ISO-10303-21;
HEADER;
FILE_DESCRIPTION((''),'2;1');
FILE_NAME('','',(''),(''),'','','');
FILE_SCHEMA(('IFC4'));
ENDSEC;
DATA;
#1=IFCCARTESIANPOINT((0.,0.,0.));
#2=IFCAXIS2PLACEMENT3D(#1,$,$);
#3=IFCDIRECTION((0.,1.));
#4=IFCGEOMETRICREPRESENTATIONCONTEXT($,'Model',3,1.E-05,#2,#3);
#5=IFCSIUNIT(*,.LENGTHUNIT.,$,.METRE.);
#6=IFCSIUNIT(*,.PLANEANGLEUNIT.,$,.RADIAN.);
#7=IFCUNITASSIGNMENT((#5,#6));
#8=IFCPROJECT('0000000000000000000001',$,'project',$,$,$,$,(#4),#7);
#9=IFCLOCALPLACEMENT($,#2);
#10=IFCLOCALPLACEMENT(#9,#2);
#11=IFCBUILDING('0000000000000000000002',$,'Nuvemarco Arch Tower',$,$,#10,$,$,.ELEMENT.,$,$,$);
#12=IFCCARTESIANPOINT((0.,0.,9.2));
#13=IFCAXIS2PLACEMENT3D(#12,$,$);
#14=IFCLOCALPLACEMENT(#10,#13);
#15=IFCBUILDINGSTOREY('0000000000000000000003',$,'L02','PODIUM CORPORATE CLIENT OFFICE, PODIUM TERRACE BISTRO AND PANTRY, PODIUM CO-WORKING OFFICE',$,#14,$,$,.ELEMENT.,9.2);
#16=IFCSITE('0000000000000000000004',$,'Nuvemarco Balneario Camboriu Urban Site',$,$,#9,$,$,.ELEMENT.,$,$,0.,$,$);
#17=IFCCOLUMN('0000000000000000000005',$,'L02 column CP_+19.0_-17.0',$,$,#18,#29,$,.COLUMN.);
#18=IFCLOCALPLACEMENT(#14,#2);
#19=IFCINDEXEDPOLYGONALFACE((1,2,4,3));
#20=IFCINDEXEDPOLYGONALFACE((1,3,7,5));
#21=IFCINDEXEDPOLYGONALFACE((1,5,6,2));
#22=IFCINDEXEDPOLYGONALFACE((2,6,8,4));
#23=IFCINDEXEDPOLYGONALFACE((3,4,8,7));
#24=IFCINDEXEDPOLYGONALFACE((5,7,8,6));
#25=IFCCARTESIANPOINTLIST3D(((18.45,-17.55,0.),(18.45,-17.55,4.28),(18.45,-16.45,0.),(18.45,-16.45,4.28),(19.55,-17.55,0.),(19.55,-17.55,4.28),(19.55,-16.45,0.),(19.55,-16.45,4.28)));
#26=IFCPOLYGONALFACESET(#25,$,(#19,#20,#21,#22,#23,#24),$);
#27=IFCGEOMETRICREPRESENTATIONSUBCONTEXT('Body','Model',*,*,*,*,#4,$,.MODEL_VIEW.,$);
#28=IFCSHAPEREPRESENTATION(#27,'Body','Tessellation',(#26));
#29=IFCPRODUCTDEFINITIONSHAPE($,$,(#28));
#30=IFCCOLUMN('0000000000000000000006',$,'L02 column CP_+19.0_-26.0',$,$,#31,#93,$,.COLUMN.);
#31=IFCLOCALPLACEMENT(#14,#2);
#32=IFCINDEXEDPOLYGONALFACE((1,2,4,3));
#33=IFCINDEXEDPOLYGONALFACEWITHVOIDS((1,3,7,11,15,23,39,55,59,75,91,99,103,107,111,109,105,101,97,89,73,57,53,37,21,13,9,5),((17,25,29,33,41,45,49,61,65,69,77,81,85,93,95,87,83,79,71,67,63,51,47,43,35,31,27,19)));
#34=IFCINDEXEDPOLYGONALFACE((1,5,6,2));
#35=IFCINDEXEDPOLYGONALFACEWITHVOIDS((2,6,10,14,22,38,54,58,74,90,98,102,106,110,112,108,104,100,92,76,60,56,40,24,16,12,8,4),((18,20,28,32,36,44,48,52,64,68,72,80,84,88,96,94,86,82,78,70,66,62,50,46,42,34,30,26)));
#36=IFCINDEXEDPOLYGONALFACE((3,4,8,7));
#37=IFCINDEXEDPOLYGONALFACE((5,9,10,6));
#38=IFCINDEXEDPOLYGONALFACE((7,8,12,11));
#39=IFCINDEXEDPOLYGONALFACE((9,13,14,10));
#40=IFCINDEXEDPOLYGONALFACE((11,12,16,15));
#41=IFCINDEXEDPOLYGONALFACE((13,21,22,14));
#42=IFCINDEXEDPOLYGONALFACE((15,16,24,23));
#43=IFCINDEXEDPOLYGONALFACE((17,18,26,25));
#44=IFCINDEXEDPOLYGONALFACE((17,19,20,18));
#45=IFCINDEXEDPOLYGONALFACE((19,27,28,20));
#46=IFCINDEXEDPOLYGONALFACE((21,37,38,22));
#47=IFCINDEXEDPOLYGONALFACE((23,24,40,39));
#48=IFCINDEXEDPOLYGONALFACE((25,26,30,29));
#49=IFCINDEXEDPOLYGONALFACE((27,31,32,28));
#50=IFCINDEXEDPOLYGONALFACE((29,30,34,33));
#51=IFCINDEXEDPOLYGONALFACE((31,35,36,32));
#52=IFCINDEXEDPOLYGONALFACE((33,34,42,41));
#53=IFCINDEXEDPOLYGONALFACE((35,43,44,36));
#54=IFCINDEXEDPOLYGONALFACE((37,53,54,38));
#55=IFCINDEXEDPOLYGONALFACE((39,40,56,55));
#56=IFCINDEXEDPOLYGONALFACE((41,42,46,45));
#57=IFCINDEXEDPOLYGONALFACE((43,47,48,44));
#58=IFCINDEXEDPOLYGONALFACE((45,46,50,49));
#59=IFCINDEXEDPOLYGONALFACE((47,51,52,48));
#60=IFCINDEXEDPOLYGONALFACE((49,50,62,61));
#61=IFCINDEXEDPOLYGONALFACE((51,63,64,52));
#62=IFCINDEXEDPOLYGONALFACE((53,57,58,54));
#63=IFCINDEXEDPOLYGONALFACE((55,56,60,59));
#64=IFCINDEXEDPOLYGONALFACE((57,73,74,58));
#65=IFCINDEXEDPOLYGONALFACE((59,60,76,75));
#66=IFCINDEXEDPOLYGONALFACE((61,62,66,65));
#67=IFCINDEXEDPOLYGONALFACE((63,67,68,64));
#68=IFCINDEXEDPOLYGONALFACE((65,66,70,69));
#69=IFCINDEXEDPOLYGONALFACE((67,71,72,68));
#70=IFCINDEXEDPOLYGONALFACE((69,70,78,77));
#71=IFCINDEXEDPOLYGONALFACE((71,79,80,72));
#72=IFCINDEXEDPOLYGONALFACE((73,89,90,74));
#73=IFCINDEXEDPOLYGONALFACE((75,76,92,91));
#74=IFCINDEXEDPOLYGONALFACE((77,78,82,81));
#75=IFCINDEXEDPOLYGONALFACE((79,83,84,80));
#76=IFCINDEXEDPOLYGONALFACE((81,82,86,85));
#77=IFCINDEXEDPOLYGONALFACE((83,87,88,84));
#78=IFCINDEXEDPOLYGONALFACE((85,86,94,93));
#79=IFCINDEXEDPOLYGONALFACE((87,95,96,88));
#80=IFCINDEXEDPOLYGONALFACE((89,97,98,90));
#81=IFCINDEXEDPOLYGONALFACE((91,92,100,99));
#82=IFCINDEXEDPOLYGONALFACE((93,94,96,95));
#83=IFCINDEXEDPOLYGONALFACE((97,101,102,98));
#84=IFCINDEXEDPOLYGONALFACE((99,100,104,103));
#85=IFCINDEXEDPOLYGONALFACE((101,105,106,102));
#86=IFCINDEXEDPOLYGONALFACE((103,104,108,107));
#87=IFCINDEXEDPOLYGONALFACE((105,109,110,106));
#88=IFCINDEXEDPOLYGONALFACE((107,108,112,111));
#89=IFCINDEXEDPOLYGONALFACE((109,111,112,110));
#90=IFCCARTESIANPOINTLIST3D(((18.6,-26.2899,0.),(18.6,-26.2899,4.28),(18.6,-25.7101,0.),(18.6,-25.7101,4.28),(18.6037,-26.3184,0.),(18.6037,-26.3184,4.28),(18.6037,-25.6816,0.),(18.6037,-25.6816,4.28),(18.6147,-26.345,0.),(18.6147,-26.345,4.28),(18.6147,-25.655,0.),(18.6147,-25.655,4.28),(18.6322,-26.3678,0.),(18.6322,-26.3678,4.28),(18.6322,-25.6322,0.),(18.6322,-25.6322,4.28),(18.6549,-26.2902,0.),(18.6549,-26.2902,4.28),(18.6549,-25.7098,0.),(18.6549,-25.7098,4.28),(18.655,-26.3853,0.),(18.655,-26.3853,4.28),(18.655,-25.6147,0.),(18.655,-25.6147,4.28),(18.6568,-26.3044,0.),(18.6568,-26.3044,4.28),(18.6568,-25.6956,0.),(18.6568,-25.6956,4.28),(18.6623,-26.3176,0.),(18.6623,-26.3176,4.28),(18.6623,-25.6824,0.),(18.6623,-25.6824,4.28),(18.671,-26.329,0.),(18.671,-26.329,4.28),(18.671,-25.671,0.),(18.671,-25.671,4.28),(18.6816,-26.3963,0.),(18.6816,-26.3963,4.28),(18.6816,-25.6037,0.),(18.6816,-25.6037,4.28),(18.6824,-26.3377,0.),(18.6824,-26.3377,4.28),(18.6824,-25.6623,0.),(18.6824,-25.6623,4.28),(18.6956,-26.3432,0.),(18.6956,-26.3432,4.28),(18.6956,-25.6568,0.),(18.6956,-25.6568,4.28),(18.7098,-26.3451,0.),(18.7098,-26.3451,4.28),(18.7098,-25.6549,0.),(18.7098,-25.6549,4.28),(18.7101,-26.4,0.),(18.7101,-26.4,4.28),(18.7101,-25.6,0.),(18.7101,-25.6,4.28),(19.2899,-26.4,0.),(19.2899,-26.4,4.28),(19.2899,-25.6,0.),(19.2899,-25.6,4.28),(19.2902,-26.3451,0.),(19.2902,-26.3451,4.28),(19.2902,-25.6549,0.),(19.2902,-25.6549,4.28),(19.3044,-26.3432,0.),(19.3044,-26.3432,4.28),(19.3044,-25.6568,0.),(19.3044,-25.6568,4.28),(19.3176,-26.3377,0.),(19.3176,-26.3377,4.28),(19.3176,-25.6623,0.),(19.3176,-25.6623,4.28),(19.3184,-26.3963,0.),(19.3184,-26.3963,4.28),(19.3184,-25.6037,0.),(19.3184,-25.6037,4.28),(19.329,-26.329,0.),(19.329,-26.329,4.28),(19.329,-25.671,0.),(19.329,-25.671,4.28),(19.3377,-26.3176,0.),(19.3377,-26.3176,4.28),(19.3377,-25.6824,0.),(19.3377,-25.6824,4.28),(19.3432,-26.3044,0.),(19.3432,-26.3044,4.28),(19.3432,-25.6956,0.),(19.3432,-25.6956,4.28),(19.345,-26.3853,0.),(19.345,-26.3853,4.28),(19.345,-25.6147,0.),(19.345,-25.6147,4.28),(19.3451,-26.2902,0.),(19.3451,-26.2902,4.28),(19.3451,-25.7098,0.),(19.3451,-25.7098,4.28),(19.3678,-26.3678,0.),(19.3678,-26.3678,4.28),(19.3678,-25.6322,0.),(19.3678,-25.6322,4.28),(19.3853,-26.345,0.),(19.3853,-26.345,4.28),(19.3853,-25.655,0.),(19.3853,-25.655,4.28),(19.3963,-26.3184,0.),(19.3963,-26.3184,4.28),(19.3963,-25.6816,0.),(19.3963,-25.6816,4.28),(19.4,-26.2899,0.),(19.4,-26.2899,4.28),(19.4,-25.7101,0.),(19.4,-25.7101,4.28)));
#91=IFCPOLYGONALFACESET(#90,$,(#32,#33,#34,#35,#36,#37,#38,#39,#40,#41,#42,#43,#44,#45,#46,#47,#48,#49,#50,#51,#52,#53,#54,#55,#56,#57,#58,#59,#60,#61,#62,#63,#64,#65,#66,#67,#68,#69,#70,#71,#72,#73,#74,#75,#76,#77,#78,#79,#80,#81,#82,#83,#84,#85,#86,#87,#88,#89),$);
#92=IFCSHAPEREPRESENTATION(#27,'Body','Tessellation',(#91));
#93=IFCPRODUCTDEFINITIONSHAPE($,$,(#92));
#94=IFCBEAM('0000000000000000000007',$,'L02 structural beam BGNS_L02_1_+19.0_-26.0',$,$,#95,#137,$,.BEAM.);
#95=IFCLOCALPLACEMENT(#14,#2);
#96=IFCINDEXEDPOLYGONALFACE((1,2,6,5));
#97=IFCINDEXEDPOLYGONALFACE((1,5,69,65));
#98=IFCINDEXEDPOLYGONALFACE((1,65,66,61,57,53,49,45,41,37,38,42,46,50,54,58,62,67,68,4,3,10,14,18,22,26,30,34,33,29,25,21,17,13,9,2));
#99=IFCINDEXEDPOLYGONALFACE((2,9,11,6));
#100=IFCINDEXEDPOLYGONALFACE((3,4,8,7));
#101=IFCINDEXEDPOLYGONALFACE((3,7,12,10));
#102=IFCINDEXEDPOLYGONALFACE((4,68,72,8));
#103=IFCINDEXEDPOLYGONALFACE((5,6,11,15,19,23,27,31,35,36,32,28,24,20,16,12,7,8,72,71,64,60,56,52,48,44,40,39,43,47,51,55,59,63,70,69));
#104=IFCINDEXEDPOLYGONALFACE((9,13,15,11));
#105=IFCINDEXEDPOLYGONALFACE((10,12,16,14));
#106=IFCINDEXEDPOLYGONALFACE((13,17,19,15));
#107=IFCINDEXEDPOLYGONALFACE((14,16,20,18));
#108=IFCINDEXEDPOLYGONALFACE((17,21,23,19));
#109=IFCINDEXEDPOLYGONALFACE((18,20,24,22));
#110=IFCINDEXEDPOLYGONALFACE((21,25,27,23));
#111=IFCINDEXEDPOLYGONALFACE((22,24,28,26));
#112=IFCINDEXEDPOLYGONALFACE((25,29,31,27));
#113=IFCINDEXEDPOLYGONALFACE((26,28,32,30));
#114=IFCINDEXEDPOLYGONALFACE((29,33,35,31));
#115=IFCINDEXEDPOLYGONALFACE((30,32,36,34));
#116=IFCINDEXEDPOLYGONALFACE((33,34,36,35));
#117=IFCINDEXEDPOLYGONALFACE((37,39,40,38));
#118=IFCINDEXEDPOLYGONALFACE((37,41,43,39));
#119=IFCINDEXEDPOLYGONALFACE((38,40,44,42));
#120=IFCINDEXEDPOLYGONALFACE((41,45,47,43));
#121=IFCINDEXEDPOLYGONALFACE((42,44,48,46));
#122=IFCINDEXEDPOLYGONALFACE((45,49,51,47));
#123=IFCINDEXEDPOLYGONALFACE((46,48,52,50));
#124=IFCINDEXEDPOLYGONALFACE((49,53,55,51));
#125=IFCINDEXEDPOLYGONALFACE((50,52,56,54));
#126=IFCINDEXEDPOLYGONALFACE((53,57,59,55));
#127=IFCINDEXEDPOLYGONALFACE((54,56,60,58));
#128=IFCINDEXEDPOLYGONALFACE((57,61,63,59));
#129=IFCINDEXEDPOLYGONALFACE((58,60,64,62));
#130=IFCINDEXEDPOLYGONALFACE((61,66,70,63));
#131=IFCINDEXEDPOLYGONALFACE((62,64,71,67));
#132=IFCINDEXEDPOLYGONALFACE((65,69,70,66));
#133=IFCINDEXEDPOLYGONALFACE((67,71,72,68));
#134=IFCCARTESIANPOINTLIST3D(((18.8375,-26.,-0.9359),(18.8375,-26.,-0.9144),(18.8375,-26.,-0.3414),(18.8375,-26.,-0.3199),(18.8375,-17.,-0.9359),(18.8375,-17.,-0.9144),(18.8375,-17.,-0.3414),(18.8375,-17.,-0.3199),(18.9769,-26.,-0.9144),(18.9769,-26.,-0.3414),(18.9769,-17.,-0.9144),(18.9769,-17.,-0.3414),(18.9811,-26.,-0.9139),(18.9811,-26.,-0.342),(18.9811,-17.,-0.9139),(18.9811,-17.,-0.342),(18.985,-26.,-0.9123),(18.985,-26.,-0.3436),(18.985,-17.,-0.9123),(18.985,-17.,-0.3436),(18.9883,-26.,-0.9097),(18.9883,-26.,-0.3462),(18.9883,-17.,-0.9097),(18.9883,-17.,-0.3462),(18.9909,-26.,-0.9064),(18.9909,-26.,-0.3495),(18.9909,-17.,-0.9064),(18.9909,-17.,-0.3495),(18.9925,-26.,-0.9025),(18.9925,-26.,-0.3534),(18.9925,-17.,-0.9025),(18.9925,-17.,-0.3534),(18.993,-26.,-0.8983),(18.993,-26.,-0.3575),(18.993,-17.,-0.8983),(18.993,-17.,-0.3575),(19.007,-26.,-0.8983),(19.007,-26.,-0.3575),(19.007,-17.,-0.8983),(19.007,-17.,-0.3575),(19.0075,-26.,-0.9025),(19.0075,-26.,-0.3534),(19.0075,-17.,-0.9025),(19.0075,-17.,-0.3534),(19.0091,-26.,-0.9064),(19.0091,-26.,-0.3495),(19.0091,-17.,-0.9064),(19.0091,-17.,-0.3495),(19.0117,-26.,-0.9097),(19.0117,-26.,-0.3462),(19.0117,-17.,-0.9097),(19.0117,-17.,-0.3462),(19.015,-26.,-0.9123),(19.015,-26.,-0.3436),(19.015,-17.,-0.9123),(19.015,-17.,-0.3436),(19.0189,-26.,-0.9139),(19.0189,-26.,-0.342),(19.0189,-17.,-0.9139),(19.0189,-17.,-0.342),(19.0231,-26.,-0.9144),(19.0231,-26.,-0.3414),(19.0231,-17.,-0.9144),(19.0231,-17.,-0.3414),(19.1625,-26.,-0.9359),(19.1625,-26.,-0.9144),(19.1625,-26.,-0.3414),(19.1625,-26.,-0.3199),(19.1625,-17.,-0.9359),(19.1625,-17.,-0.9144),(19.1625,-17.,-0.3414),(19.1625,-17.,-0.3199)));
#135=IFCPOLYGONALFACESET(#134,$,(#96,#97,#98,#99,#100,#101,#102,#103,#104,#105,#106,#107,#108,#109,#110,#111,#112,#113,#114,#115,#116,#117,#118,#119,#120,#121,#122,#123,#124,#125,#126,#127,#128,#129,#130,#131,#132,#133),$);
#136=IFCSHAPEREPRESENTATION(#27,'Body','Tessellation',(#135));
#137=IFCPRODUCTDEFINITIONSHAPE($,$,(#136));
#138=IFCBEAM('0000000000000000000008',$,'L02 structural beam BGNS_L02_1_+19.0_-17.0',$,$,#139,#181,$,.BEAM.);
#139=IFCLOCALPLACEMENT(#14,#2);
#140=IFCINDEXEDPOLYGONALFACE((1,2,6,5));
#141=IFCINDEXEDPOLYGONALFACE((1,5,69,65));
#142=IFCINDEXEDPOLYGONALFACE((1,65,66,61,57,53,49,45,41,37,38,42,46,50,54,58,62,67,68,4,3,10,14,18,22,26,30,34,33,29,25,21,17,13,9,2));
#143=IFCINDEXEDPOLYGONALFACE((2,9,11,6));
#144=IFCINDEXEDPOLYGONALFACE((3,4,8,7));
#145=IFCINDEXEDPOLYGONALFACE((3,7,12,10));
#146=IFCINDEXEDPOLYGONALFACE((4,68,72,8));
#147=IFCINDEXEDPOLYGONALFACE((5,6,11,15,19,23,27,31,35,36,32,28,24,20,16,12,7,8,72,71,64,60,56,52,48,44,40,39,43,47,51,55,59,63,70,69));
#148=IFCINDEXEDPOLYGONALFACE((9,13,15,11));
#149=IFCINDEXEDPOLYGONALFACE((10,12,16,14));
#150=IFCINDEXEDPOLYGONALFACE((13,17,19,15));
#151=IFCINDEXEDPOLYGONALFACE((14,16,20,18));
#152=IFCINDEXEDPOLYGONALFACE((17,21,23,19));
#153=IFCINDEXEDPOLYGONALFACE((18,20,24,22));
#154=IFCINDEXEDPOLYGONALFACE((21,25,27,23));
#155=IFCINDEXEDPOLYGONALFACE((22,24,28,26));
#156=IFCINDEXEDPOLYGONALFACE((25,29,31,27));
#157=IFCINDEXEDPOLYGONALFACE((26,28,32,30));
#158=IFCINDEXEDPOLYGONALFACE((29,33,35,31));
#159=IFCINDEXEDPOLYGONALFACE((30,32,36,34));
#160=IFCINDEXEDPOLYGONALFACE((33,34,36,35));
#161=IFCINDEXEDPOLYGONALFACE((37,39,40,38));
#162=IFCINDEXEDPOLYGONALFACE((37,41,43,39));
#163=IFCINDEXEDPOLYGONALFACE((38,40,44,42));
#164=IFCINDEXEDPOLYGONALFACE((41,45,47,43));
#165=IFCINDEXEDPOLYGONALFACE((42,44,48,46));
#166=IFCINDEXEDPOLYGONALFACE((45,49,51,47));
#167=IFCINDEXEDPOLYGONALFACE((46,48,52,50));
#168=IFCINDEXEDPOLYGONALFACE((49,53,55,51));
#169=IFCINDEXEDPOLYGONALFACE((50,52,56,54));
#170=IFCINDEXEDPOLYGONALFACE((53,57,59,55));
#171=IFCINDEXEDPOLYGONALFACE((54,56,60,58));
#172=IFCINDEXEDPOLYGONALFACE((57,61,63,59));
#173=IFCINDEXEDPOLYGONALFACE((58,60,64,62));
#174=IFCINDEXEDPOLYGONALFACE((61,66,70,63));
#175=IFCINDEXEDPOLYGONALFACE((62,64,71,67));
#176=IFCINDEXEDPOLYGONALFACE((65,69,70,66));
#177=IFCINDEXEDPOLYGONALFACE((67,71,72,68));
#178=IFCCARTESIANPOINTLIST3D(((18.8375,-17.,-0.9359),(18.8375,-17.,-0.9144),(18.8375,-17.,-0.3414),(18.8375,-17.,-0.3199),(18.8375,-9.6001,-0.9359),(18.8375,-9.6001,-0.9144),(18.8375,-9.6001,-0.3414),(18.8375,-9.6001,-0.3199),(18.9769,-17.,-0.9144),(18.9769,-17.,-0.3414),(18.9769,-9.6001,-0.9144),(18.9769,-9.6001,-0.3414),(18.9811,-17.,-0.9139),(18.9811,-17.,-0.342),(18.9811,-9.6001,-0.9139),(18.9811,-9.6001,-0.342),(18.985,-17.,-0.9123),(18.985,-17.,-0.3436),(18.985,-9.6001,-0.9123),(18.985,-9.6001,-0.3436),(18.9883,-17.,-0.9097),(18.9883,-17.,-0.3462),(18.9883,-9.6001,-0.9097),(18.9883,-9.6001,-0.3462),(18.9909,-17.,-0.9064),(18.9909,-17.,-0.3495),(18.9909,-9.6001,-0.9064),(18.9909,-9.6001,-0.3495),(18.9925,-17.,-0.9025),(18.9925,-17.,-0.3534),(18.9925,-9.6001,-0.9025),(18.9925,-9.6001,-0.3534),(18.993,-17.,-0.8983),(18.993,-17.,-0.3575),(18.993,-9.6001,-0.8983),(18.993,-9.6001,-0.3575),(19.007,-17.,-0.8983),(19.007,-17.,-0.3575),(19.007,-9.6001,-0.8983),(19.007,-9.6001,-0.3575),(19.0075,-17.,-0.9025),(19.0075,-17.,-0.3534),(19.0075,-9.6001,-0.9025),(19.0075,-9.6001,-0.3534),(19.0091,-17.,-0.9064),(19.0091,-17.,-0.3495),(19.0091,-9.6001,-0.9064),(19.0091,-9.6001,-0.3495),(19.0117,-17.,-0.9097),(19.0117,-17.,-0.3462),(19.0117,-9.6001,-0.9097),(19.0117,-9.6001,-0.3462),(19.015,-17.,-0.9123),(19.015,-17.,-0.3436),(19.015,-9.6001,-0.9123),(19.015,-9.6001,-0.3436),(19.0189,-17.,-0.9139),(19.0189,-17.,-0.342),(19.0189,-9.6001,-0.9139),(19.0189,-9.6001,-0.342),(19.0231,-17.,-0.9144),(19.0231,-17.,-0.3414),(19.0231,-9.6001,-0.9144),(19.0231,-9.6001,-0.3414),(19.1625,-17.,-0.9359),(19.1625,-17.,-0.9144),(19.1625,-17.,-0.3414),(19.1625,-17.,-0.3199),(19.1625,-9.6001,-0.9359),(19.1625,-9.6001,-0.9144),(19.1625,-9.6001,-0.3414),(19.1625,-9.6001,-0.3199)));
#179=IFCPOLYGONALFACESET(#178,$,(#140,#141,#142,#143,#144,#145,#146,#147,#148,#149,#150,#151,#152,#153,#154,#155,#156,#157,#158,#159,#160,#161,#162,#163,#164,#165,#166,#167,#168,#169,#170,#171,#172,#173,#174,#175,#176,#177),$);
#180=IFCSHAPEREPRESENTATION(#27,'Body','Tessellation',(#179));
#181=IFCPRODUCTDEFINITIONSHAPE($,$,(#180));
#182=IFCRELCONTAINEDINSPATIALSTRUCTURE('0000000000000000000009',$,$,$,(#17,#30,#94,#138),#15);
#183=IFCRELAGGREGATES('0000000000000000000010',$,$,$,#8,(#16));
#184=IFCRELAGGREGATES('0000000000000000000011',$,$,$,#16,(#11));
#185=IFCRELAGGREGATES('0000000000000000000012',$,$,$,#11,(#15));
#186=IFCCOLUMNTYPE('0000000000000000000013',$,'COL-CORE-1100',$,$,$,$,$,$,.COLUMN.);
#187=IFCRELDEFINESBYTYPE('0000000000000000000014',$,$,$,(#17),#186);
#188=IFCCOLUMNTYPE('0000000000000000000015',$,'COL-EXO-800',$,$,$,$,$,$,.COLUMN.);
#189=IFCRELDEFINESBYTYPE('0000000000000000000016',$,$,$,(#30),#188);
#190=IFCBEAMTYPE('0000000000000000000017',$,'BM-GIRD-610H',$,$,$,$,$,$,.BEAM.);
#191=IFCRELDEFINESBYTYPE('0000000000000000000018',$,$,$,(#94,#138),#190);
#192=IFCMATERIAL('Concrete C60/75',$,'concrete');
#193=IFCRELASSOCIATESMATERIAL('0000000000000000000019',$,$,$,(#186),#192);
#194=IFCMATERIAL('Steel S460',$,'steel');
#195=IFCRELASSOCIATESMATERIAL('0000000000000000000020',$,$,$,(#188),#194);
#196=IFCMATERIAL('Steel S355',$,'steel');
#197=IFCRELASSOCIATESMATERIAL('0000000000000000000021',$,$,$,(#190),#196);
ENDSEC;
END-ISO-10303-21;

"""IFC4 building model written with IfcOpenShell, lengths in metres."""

from ifc_helpers import new_model, si_unit, direction, frame, origin, origin_2d, place, context, subcontext, project, spatial, rectangle, hollow_rectangle, i_section, extrude, material, material_profile, profile_set, type_object, element, save


model = new_model("IFC4")

# Units and contexts
model_context = context("Model", 3, precision=1e-05, world=origin(), true_north=direction((0.0, 1.0)))
body_context = subcontext(model_context, "Body", "Model", "MODEL_VIEW")
ifc_project = project(units=[si_unit("LENGTHUNIT", "METRE"), si_unit("PLANEANGLEUNIT", "RADIAN")], contexts=[model_context])

# Site, building, storey
site_placement = place(None, origin())
site = spatial("IfcSite", under=ifc_project, at=site_placement, Name="Nuvemarco Balneario Camboriu Urban Site", CompositionType="ELEMENT", RefElevation=0.0)
building_placement = place(site_placement, origin())
building = spatial("IfcBuilding", under=site, at=building_placement, Name="Nuvemarco Arch Tower", CompositionType="ELEMENT")
storey_placement = place(building_placement, frame((0.0, 0.0, 9.2)))
storey = spatial("IfcBuildingStorey", under=building, at=storey_placement, Name="L02", Description="PODIUM CORPORATE CLIENT OFFICE, PODIUM TERRACE BISTRO AND PANTRY, PODIUM CO-WORKING OFFICE", CompositionType="ELEMENT", Elevation=9.2)

# Columns
ifc_material_1 = material(Name="Concrete C60/75", Category="concrete")
ifc_material_profile_1 = material_profile(ifc_material_1, rectangle(XDim=1.1001, YDim=1.1001, at=origin_2d()), Name="RC-COL-1100x1100")
ifc_profile_set_1 = profile_set([ifc_material_profile_1], Name="Concrete C60/75")
column_type_1 = type_object("IfcColumnType", Name="COL-CORE-1100", PredefinedType="COLUMN", material=ifc_profile_set_1)
column_1_placement = place(storey_placement, frame((19.0, -17.0, 0.0), z_axis=(0.0, 0.0, 1.0), x_axis=(1.0, 0.0, 0.0)))
element("IfcColumn", 1, at=column_1_placement, inside=storey, type_object=column_type_1, Name="L02 column CP_+19.0_-17.0", PredefinedType="COLUMN", context=body_context, shape_type="SweptSolid", body=[
    extrude(rectangle(XDim=1.1001, YDim=1.1001, at=origin_2d()), origin(), (0.0, 0.0, 1.0), 4.28),
])
ifc_material_2 = material(Name="Steel S460", Category="steel")
ifc_material_profile_2 = material_profile(ifc_material_2, hollow_rectangle(XDim=0.8, YDim=0.8, WallThickness=0.0549, InnerFilletRadius=0.0549, OuterFilletRadius=0.1101, at=origin_2d()), Name="SHS800x800x55")
ifc_profile_set_2 = profile_set([ifc_material_profile_2], Name="Steel S460")
column_type_2 = type_object("IfcColumnType", Name="COL-EXO-800", PredefinedType="COLUMN", material=ifc_profile_set_2)
column_2_placement = place(storey_placement, frame((19.0, -26.0, 0.0), z_axis=(0.0, 0.0, 1.0), x_axis=(1.0, 0.0, 0.0)))
element("IfcColumn", 2, at=column_2_placement, inside=storey, type_object=column_type_2, Name="L02 column CP_+19.0_-26.0", PredefinedType="COLUMN", context=body_context, shape_type="SweptSolid", body=[
    extrude(hollow_rectangle(XDim=0.8, YDim=0.8, WallThickness=0.0549, InnerFilletRadius=0.0549, OuterFilletRadius=0.1101, at=origin_2d()), origin(), (0.0, 0.0, 1.0), 4.28),
])

# Beams
ifc_material_3 = material(Name="Steel S355", Category="steel")
ifc_material_profile_3 = material_profile(ifc_material_3, i_section(OverallWidth=0.325, OverallDepth=0.616, WebThickness=0.0139, FlangeThickness=0.0215, FilletRadius=0.0161, at=origin_2d()), Name="W610x174")
ifc_profile_set_3 = profile_set([ifc_material_profile_3], Name="Steel S355")
beam_type_1 = type_object("IfcBeamType", Name="BM-GIRD-610H", PredefinedType="BEAM", material=ifc_profile_set_3)
beam_1_placement = place(storey_placement, frame((19.0, -26.0, -0.6279), z_axis=(0.0, 1.0, 0.0), x_axis=(-1.0, 0.0, 0.0)))
element("IfcBeam", 3, at=beam_1_placement, inside=storey, type_object=beam_type_1, Name="L02 structural beam BGNS_L02_1_+19.0_-26.0", PredefinedType="BEAM", context=body_context, shape_type="SweptSolid", body=[
    extrude(i_section(OverallWidth=0.325, OverallDepth=0.616, WebThickness=0.0139, FlangeThickness=0.0215, FilletRadius=0.0161, at=origin_2d()), origin(), (0.0, 0.0, 1.0), 9.0),
])
beam_2_placement = place(storey_placement, frame((19.0, -17.0, -0.6279), z_axis=(0.0, 1.0, 0.0), x_axis=(-1.0, 0.0, 0.0)))
element("IfcBeam", 4, at=beam_2_placement, inside=storey, type_object=beam_type_1, Name="L02 structural beam BGNS_L02_1_+19.0_-17.0", PredefinedType="BEAM", context=body_context, shape_type="SweptSolid", body=[
    extrude(i_section(OverallWidth=0.325, OverallDepth=0.616, WebThickness=0.0139, FlangeThickness=0.0215, FilletRadius=0.0161, at=origin_2d()), origin(), (0.0, 0.0, 1.0), 7.3999),
])

save(model, "model.ifc")
